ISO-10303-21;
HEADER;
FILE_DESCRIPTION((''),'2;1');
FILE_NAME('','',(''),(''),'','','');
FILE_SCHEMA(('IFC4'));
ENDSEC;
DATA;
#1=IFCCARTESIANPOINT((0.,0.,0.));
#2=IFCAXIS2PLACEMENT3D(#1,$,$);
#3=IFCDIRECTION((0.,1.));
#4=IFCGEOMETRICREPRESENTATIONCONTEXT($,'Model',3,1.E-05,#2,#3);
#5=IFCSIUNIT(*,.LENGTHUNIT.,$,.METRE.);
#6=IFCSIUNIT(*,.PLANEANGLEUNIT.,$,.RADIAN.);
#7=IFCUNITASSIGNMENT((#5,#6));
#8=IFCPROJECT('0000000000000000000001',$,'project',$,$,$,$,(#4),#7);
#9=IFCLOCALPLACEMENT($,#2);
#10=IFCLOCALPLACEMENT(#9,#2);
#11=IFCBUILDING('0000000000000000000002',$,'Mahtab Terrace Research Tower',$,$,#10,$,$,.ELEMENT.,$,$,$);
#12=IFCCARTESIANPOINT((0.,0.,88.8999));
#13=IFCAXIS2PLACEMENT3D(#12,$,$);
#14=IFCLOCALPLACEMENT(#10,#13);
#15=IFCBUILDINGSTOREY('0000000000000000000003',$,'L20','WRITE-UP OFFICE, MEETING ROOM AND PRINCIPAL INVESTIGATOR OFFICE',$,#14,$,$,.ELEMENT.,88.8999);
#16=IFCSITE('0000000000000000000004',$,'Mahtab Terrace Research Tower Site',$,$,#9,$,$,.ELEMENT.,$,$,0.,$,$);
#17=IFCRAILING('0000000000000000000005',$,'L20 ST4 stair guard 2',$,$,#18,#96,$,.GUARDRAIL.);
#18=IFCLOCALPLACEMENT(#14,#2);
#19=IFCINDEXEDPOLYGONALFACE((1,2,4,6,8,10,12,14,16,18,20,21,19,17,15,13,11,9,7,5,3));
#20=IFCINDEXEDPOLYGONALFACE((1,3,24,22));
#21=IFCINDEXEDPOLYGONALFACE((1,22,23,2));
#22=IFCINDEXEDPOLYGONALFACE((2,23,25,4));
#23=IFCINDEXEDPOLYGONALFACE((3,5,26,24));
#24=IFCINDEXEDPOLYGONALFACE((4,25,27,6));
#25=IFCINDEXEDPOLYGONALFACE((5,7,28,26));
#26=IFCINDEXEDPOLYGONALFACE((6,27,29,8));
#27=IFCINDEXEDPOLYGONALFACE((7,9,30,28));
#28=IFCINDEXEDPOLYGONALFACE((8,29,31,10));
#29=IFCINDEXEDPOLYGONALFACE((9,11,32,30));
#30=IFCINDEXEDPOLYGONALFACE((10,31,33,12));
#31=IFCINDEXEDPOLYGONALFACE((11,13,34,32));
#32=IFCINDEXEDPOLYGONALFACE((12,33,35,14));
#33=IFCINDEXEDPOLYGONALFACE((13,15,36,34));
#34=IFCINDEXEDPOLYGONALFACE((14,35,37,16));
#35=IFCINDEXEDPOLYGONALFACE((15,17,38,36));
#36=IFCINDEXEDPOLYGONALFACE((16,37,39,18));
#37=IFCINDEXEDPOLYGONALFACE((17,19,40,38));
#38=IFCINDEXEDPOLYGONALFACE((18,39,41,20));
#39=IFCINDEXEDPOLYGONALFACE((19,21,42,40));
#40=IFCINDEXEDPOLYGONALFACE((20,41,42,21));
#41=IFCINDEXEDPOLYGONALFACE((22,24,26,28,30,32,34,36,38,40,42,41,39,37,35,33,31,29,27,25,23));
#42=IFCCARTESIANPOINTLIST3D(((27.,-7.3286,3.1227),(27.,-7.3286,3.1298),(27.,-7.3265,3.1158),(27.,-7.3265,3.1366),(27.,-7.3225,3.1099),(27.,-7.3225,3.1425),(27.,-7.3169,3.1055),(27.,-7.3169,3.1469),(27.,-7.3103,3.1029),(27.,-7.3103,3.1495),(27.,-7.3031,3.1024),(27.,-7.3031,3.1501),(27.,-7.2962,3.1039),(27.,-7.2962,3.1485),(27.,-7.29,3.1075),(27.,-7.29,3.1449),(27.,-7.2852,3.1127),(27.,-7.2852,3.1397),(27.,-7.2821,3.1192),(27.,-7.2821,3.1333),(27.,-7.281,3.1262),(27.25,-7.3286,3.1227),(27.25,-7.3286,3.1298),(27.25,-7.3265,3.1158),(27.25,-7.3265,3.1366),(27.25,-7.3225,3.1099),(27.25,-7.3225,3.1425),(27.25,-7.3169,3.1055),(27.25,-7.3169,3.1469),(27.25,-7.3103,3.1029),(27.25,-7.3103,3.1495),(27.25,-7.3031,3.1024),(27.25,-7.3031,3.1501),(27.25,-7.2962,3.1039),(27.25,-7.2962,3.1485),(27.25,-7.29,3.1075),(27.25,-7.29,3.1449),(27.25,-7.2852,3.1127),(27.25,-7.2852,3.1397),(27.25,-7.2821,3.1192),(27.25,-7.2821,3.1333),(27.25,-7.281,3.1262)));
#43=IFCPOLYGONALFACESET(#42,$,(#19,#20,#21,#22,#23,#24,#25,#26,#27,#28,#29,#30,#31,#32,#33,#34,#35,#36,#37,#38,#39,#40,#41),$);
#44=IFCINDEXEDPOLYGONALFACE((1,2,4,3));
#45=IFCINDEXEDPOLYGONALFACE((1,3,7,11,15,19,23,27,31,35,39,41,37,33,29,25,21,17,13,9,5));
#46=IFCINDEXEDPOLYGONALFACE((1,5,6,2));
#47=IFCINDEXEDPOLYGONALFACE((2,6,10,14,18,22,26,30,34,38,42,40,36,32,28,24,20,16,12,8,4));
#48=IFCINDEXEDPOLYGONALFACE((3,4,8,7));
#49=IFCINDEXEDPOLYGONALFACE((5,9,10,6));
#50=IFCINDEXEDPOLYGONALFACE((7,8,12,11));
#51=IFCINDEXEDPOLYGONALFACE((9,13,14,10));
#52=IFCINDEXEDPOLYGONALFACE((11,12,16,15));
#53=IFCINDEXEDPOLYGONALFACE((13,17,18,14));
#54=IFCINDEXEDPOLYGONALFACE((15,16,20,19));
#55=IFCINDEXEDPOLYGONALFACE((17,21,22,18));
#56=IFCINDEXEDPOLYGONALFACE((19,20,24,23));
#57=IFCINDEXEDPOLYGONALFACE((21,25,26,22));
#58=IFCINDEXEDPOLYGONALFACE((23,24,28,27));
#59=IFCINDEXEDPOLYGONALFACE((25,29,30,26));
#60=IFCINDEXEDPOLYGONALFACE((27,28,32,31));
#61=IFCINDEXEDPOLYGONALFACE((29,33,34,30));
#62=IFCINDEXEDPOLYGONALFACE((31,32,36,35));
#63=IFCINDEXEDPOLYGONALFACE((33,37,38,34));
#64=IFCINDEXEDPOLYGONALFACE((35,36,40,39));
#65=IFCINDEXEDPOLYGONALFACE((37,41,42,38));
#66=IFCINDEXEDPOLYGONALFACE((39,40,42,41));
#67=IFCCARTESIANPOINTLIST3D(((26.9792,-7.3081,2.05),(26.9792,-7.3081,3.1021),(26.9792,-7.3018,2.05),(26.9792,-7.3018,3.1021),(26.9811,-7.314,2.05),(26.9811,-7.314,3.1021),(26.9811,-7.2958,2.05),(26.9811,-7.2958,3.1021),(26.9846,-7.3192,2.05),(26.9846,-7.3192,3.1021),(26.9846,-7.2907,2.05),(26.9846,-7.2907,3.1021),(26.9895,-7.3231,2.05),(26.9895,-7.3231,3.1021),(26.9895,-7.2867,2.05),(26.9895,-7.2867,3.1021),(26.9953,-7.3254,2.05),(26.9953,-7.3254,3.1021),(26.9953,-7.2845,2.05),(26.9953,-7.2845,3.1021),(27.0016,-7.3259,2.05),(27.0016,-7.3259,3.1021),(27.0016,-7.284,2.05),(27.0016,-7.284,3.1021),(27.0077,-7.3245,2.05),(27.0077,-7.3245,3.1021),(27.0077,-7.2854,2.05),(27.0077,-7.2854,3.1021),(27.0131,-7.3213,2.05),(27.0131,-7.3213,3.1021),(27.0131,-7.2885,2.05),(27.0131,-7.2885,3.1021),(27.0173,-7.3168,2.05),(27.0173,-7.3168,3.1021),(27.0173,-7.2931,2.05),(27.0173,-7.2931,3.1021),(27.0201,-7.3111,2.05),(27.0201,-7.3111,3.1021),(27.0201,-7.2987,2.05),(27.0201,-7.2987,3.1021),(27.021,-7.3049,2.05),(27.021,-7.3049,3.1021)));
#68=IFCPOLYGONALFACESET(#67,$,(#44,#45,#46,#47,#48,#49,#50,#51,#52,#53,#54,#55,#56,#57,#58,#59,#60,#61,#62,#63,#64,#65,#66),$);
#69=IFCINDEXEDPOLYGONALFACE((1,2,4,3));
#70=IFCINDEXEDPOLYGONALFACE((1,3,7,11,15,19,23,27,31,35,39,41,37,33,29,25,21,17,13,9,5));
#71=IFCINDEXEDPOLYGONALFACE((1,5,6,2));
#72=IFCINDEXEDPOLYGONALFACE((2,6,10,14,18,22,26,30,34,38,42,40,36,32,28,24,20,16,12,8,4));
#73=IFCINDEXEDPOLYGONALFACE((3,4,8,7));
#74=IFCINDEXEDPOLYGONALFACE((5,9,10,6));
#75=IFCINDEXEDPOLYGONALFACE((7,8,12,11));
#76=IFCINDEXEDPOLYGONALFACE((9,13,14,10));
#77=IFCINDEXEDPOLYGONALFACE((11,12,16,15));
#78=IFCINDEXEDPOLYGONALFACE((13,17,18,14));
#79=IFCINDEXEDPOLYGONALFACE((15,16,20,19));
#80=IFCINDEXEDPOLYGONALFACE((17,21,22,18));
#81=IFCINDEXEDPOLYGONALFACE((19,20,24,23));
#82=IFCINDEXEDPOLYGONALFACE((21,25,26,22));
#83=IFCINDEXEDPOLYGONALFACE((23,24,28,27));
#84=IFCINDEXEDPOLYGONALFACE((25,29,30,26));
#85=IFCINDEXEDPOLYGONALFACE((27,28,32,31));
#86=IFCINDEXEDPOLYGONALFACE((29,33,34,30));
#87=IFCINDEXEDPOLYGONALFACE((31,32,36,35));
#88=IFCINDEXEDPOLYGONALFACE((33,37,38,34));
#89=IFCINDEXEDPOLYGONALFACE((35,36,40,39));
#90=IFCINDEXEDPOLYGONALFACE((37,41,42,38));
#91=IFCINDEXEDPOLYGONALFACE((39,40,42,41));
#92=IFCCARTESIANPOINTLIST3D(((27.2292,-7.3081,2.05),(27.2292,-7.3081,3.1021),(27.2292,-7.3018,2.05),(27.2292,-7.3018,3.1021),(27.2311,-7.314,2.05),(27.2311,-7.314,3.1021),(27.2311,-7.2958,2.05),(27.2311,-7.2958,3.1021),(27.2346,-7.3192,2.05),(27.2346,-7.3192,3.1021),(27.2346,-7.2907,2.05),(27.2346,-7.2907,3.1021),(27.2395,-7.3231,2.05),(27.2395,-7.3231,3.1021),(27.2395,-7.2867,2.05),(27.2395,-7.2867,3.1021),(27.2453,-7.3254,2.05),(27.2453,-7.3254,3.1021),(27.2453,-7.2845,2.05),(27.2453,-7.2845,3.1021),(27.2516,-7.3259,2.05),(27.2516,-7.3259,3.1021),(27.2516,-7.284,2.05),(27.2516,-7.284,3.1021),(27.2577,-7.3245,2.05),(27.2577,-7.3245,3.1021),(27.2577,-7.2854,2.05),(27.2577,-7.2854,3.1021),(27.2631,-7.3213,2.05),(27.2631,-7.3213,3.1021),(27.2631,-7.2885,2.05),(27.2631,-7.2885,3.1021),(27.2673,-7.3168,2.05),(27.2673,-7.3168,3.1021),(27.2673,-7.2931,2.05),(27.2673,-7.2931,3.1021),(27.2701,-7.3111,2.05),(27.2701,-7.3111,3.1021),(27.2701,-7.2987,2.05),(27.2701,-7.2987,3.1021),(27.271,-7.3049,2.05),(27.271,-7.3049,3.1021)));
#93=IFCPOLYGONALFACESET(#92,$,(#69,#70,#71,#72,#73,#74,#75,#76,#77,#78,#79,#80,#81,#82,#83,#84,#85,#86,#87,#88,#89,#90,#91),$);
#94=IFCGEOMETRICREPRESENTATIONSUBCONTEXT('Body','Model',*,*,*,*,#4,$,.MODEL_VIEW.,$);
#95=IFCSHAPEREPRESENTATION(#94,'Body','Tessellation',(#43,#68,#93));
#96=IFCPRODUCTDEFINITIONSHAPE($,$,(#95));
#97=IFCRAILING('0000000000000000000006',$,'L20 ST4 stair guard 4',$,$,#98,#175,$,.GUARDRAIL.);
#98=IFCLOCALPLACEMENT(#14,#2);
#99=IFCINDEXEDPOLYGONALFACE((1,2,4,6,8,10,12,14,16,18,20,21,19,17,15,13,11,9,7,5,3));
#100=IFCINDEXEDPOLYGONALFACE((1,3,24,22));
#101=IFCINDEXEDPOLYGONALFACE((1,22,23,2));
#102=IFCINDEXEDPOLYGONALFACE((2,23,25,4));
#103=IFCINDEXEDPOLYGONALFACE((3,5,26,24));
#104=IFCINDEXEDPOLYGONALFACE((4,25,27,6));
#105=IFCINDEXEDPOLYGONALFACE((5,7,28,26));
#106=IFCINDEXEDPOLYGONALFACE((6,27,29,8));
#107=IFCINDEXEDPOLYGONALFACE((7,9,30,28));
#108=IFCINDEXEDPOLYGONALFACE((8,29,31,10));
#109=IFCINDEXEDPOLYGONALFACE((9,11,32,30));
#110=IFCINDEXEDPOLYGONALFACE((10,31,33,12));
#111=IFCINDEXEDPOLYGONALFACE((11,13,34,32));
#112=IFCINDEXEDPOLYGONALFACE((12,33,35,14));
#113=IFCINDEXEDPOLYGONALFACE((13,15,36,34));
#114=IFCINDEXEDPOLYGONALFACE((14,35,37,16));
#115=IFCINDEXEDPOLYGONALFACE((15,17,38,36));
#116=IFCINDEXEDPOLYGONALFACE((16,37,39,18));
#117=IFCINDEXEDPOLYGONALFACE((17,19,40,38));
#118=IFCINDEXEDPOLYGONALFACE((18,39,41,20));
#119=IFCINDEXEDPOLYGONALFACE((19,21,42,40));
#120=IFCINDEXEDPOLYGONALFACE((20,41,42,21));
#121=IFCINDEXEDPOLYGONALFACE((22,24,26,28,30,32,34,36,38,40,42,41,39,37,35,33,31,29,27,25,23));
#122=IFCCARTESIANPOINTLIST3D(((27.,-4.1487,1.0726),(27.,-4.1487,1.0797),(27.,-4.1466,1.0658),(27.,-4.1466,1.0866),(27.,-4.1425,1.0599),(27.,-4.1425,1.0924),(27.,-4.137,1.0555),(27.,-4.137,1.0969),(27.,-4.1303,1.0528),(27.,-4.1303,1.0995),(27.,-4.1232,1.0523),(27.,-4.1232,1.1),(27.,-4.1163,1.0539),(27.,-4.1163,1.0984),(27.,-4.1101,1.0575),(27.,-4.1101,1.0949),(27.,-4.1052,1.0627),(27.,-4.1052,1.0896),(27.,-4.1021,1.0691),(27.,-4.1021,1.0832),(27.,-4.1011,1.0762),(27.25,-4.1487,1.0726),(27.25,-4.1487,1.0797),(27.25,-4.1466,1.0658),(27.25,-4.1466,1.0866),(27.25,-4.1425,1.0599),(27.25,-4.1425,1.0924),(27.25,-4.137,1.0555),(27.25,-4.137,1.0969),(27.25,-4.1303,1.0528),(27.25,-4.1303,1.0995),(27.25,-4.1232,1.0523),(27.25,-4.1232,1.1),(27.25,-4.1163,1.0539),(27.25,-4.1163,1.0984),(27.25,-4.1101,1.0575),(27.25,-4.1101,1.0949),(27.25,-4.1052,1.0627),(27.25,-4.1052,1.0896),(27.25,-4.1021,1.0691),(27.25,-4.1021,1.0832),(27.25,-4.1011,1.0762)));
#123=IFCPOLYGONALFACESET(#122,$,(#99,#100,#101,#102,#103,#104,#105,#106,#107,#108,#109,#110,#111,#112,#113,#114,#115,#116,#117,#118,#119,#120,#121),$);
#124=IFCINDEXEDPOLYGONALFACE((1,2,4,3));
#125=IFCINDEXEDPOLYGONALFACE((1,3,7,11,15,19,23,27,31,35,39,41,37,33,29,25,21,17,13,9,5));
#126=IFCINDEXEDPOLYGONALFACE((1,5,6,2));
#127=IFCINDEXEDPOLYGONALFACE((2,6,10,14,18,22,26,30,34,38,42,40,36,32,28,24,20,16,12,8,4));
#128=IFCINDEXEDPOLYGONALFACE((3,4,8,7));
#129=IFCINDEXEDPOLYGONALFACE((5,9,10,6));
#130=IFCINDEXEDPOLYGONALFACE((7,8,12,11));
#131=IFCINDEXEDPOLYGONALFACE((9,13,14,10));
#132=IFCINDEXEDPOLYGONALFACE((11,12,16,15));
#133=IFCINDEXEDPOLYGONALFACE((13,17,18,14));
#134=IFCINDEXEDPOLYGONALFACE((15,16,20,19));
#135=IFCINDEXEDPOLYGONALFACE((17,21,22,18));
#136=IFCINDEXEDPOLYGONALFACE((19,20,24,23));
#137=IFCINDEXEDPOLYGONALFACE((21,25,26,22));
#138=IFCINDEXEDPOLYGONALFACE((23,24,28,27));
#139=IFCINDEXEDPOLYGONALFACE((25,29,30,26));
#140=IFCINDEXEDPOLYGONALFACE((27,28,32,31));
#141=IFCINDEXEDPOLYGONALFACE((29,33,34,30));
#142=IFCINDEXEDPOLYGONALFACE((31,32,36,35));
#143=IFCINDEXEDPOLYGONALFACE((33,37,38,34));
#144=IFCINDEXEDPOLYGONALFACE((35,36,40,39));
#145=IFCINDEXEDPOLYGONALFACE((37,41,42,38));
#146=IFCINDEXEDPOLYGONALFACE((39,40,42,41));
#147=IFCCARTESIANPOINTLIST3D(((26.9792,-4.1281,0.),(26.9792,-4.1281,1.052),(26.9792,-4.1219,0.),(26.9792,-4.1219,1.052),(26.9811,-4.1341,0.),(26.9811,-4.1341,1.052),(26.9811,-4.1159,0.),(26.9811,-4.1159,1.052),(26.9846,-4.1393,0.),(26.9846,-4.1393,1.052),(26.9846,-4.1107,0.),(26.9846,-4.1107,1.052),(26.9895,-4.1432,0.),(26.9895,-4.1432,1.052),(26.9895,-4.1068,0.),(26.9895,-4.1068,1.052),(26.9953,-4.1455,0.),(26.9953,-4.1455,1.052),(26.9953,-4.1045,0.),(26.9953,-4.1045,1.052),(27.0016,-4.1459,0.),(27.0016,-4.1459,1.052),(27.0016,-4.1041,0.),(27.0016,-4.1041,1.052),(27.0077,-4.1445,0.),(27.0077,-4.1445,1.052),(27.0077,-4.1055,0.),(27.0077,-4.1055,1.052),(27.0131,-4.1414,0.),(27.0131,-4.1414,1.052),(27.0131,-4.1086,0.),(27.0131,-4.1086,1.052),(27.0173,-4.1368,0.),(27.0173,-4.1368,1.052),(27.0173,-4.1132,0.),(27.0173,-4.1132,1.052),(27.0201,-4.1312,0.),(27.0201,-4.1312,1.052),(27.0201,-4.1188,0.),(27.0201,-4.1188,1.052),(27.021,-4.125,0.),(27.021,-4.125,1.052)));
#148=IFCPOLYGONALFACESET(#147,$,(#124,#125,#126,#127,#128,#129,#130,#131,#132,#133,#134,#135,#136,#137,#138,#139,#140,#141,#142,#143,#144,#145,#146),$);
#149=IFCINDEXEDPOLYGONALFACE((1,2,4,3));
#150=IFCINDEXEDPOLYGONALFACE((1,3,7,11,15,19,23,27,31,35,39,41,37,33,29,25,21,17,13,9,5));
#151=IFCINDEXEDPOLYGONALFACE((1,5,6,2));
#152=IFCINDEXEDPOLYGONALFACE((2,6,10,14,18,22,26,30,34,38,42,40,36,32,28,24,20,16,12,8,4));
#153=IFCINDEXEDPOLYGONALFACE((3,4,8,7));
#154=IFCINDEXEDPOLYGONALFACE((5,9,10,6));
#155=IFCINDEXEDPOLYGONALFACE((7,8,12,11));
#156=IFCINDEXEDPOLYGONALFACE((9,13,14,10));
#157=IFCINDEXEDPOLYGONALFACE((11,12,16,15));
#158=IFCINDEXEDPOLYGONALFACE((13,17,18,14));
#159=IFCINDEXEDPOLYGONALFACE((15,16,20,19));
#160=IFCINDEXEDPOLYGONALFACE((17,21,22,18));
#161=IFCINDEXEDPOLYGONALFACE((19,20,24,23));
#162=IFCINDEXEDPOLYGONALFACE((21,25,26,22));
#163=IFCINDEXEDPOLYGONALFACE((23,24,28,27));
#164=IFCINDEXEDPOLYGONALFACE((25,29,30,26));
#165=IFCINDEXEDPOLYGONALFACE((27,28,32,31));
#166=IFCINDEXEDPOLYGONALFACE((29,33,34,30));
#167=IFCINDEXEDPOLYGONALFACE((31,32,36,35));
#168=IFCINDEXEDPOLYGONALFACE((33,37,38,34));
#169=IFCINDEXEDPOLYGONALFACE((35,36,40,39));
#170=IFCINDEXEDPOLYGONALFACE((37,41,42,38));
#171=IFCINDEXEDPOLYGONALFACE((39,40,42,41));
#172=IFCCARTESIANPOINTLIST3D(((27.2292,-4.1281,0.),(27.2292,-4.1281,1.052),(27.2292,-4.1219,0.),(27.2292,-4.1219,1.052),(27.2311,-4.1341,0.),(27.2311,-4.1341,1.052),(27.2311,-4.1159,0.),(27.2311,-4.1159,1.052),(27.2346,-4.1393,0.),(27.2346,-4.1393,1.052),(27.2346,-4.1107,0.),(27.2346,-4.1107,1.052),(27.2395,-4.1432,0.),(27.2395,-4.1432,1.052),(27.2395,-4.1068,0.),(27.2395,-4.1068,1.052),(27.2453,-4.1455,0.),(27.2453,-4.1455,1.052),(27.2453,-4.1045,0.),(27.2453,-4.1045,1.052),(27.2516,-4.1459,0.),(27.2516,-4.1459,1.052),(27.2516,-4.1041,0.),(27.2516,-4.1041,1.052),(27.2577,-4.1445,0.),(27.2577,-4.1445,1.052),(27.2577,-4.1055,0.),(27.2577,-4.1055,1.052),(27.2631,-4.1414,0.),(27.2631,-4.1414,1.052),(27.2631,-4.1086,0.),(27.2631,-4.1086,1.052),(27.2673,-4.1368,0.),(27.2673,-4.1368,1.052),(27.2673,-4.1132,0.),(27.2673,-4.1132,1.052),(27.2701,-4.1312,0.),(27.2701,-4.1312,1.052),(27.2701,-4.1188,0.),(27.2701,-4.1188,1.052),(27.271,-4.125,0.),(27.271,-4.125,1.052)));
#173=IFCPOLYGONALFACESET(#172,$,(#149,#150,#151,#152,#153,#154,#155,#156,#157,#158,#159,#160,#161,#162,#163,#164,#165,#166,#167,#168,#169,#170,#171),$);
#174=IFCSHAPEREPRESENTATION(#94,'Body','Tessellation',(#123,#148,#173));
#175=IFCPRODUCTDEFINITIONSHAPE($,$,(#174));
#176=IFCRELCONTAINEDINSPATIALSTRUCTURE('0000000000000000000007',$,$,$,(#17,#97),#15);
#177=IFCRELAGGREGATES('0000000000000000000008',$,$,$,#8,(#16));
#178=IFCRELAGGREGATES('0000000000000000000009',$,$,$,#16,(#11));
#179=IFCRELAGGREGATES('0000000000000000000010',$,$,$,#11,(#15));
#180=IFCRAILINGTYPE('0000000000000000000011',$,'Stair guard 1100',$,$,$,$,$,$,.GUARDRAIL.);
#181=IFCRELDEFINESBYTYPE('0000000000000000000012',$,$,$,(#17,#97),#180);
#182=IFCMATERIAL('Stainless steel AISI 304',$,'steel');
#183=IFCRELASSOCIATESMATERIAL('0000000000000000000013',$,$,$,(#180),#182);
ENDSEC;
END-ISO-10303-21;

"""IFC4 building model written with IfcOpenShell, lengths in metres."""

from ifc_helpers import new_model, si_unit, direction, frame, origin, origin_2d, place, context, subcontext, project, spatial, circle, extrude, material, type_object, element, save


model = new_model("IFC4")

# Units and contexts
model_context = context("Model", 3, precision=1e-05, world=origin(), true_north=direction((0.0, 1.0)))
body_context = subcontext(model_context, "Body", "Model", "MODEL_VIEW")
ifc_project = project(units=[si_unit("LENGTHUNIT", "METRE"), si_unit("PLANEANGLEUNIT", "RADIAN")], contexts=[model_context])

# Site, building, storey
site_placement = place(None, origin())
site = spatial("IfcSite", under=ifc_project, at=site_placement, Name="Mahtab Terrace Research Tower Site", CompositionType="ELEMENT", RefElevation=0.0)
building_placement = place(site_placement, origin())
building = spatial("IfcBuilding", under=site, at=building_placement, Name="Mahtab Terrace Research Tower", CompositionType="ELEMENT")
storey_placement = place(building_placement, frame((0.0, 0.0, 88.8999)))
storey = spatial("IfcBuildingStorey", under=building, at=storey_placement, Name="L20", Description="WRITE-UP OFFICE, MEETING ROOM AND PRINCIPAL INVESTIGATOR OFFICE", CompositionType="ELEMENT", Elevation=88.8999)

# Shared definitions
ifc_material_1 = material(Name="Stainless steel AISI 304", Category="steel")

# Railings
railing_type_1 = type_object("IfcRailingType", Name="Stair guard 1100", PredefinedType="GUARDRAIL", material=ifc_material_1)
for number, where, name in (
    (1, (27.0, -7.3049, 2.05), "L20 ST4 stair guard 2"),
    (2, (27.0, -4.125, 0.0), "L20 ST4 stair guard 4"),
):
    element("IfcRailing", number, at=place(storey_placement, frame(where)), inside=storey, type_object=railing_type_1, Name=name, PredefinedType="GUARDRAIL", context=body_context, shape_type="SweptSolid", body=[
        extrude(circle(Radius=0.0239, at=origin_2d()), frame((0.0, 0.0, 1.0762), z_axis=(1.0, 0.0, 0.0), x_axis=(0.0, 1.0, 0.0)), (0.0, 0.0, 1.0), 0.25),
        extrude(circle(Radius=0.021, at=origin_2d()), origin(), (0.0, 0.0, 1.0), 1.052),
        extrude(circle(Radius=0.021, at=origin_2d()), frame((0.25, 0.0, 0.0)), (0.0, 0.0, 1.0), 1.052),
    ])

save(model, "model.ifc")
